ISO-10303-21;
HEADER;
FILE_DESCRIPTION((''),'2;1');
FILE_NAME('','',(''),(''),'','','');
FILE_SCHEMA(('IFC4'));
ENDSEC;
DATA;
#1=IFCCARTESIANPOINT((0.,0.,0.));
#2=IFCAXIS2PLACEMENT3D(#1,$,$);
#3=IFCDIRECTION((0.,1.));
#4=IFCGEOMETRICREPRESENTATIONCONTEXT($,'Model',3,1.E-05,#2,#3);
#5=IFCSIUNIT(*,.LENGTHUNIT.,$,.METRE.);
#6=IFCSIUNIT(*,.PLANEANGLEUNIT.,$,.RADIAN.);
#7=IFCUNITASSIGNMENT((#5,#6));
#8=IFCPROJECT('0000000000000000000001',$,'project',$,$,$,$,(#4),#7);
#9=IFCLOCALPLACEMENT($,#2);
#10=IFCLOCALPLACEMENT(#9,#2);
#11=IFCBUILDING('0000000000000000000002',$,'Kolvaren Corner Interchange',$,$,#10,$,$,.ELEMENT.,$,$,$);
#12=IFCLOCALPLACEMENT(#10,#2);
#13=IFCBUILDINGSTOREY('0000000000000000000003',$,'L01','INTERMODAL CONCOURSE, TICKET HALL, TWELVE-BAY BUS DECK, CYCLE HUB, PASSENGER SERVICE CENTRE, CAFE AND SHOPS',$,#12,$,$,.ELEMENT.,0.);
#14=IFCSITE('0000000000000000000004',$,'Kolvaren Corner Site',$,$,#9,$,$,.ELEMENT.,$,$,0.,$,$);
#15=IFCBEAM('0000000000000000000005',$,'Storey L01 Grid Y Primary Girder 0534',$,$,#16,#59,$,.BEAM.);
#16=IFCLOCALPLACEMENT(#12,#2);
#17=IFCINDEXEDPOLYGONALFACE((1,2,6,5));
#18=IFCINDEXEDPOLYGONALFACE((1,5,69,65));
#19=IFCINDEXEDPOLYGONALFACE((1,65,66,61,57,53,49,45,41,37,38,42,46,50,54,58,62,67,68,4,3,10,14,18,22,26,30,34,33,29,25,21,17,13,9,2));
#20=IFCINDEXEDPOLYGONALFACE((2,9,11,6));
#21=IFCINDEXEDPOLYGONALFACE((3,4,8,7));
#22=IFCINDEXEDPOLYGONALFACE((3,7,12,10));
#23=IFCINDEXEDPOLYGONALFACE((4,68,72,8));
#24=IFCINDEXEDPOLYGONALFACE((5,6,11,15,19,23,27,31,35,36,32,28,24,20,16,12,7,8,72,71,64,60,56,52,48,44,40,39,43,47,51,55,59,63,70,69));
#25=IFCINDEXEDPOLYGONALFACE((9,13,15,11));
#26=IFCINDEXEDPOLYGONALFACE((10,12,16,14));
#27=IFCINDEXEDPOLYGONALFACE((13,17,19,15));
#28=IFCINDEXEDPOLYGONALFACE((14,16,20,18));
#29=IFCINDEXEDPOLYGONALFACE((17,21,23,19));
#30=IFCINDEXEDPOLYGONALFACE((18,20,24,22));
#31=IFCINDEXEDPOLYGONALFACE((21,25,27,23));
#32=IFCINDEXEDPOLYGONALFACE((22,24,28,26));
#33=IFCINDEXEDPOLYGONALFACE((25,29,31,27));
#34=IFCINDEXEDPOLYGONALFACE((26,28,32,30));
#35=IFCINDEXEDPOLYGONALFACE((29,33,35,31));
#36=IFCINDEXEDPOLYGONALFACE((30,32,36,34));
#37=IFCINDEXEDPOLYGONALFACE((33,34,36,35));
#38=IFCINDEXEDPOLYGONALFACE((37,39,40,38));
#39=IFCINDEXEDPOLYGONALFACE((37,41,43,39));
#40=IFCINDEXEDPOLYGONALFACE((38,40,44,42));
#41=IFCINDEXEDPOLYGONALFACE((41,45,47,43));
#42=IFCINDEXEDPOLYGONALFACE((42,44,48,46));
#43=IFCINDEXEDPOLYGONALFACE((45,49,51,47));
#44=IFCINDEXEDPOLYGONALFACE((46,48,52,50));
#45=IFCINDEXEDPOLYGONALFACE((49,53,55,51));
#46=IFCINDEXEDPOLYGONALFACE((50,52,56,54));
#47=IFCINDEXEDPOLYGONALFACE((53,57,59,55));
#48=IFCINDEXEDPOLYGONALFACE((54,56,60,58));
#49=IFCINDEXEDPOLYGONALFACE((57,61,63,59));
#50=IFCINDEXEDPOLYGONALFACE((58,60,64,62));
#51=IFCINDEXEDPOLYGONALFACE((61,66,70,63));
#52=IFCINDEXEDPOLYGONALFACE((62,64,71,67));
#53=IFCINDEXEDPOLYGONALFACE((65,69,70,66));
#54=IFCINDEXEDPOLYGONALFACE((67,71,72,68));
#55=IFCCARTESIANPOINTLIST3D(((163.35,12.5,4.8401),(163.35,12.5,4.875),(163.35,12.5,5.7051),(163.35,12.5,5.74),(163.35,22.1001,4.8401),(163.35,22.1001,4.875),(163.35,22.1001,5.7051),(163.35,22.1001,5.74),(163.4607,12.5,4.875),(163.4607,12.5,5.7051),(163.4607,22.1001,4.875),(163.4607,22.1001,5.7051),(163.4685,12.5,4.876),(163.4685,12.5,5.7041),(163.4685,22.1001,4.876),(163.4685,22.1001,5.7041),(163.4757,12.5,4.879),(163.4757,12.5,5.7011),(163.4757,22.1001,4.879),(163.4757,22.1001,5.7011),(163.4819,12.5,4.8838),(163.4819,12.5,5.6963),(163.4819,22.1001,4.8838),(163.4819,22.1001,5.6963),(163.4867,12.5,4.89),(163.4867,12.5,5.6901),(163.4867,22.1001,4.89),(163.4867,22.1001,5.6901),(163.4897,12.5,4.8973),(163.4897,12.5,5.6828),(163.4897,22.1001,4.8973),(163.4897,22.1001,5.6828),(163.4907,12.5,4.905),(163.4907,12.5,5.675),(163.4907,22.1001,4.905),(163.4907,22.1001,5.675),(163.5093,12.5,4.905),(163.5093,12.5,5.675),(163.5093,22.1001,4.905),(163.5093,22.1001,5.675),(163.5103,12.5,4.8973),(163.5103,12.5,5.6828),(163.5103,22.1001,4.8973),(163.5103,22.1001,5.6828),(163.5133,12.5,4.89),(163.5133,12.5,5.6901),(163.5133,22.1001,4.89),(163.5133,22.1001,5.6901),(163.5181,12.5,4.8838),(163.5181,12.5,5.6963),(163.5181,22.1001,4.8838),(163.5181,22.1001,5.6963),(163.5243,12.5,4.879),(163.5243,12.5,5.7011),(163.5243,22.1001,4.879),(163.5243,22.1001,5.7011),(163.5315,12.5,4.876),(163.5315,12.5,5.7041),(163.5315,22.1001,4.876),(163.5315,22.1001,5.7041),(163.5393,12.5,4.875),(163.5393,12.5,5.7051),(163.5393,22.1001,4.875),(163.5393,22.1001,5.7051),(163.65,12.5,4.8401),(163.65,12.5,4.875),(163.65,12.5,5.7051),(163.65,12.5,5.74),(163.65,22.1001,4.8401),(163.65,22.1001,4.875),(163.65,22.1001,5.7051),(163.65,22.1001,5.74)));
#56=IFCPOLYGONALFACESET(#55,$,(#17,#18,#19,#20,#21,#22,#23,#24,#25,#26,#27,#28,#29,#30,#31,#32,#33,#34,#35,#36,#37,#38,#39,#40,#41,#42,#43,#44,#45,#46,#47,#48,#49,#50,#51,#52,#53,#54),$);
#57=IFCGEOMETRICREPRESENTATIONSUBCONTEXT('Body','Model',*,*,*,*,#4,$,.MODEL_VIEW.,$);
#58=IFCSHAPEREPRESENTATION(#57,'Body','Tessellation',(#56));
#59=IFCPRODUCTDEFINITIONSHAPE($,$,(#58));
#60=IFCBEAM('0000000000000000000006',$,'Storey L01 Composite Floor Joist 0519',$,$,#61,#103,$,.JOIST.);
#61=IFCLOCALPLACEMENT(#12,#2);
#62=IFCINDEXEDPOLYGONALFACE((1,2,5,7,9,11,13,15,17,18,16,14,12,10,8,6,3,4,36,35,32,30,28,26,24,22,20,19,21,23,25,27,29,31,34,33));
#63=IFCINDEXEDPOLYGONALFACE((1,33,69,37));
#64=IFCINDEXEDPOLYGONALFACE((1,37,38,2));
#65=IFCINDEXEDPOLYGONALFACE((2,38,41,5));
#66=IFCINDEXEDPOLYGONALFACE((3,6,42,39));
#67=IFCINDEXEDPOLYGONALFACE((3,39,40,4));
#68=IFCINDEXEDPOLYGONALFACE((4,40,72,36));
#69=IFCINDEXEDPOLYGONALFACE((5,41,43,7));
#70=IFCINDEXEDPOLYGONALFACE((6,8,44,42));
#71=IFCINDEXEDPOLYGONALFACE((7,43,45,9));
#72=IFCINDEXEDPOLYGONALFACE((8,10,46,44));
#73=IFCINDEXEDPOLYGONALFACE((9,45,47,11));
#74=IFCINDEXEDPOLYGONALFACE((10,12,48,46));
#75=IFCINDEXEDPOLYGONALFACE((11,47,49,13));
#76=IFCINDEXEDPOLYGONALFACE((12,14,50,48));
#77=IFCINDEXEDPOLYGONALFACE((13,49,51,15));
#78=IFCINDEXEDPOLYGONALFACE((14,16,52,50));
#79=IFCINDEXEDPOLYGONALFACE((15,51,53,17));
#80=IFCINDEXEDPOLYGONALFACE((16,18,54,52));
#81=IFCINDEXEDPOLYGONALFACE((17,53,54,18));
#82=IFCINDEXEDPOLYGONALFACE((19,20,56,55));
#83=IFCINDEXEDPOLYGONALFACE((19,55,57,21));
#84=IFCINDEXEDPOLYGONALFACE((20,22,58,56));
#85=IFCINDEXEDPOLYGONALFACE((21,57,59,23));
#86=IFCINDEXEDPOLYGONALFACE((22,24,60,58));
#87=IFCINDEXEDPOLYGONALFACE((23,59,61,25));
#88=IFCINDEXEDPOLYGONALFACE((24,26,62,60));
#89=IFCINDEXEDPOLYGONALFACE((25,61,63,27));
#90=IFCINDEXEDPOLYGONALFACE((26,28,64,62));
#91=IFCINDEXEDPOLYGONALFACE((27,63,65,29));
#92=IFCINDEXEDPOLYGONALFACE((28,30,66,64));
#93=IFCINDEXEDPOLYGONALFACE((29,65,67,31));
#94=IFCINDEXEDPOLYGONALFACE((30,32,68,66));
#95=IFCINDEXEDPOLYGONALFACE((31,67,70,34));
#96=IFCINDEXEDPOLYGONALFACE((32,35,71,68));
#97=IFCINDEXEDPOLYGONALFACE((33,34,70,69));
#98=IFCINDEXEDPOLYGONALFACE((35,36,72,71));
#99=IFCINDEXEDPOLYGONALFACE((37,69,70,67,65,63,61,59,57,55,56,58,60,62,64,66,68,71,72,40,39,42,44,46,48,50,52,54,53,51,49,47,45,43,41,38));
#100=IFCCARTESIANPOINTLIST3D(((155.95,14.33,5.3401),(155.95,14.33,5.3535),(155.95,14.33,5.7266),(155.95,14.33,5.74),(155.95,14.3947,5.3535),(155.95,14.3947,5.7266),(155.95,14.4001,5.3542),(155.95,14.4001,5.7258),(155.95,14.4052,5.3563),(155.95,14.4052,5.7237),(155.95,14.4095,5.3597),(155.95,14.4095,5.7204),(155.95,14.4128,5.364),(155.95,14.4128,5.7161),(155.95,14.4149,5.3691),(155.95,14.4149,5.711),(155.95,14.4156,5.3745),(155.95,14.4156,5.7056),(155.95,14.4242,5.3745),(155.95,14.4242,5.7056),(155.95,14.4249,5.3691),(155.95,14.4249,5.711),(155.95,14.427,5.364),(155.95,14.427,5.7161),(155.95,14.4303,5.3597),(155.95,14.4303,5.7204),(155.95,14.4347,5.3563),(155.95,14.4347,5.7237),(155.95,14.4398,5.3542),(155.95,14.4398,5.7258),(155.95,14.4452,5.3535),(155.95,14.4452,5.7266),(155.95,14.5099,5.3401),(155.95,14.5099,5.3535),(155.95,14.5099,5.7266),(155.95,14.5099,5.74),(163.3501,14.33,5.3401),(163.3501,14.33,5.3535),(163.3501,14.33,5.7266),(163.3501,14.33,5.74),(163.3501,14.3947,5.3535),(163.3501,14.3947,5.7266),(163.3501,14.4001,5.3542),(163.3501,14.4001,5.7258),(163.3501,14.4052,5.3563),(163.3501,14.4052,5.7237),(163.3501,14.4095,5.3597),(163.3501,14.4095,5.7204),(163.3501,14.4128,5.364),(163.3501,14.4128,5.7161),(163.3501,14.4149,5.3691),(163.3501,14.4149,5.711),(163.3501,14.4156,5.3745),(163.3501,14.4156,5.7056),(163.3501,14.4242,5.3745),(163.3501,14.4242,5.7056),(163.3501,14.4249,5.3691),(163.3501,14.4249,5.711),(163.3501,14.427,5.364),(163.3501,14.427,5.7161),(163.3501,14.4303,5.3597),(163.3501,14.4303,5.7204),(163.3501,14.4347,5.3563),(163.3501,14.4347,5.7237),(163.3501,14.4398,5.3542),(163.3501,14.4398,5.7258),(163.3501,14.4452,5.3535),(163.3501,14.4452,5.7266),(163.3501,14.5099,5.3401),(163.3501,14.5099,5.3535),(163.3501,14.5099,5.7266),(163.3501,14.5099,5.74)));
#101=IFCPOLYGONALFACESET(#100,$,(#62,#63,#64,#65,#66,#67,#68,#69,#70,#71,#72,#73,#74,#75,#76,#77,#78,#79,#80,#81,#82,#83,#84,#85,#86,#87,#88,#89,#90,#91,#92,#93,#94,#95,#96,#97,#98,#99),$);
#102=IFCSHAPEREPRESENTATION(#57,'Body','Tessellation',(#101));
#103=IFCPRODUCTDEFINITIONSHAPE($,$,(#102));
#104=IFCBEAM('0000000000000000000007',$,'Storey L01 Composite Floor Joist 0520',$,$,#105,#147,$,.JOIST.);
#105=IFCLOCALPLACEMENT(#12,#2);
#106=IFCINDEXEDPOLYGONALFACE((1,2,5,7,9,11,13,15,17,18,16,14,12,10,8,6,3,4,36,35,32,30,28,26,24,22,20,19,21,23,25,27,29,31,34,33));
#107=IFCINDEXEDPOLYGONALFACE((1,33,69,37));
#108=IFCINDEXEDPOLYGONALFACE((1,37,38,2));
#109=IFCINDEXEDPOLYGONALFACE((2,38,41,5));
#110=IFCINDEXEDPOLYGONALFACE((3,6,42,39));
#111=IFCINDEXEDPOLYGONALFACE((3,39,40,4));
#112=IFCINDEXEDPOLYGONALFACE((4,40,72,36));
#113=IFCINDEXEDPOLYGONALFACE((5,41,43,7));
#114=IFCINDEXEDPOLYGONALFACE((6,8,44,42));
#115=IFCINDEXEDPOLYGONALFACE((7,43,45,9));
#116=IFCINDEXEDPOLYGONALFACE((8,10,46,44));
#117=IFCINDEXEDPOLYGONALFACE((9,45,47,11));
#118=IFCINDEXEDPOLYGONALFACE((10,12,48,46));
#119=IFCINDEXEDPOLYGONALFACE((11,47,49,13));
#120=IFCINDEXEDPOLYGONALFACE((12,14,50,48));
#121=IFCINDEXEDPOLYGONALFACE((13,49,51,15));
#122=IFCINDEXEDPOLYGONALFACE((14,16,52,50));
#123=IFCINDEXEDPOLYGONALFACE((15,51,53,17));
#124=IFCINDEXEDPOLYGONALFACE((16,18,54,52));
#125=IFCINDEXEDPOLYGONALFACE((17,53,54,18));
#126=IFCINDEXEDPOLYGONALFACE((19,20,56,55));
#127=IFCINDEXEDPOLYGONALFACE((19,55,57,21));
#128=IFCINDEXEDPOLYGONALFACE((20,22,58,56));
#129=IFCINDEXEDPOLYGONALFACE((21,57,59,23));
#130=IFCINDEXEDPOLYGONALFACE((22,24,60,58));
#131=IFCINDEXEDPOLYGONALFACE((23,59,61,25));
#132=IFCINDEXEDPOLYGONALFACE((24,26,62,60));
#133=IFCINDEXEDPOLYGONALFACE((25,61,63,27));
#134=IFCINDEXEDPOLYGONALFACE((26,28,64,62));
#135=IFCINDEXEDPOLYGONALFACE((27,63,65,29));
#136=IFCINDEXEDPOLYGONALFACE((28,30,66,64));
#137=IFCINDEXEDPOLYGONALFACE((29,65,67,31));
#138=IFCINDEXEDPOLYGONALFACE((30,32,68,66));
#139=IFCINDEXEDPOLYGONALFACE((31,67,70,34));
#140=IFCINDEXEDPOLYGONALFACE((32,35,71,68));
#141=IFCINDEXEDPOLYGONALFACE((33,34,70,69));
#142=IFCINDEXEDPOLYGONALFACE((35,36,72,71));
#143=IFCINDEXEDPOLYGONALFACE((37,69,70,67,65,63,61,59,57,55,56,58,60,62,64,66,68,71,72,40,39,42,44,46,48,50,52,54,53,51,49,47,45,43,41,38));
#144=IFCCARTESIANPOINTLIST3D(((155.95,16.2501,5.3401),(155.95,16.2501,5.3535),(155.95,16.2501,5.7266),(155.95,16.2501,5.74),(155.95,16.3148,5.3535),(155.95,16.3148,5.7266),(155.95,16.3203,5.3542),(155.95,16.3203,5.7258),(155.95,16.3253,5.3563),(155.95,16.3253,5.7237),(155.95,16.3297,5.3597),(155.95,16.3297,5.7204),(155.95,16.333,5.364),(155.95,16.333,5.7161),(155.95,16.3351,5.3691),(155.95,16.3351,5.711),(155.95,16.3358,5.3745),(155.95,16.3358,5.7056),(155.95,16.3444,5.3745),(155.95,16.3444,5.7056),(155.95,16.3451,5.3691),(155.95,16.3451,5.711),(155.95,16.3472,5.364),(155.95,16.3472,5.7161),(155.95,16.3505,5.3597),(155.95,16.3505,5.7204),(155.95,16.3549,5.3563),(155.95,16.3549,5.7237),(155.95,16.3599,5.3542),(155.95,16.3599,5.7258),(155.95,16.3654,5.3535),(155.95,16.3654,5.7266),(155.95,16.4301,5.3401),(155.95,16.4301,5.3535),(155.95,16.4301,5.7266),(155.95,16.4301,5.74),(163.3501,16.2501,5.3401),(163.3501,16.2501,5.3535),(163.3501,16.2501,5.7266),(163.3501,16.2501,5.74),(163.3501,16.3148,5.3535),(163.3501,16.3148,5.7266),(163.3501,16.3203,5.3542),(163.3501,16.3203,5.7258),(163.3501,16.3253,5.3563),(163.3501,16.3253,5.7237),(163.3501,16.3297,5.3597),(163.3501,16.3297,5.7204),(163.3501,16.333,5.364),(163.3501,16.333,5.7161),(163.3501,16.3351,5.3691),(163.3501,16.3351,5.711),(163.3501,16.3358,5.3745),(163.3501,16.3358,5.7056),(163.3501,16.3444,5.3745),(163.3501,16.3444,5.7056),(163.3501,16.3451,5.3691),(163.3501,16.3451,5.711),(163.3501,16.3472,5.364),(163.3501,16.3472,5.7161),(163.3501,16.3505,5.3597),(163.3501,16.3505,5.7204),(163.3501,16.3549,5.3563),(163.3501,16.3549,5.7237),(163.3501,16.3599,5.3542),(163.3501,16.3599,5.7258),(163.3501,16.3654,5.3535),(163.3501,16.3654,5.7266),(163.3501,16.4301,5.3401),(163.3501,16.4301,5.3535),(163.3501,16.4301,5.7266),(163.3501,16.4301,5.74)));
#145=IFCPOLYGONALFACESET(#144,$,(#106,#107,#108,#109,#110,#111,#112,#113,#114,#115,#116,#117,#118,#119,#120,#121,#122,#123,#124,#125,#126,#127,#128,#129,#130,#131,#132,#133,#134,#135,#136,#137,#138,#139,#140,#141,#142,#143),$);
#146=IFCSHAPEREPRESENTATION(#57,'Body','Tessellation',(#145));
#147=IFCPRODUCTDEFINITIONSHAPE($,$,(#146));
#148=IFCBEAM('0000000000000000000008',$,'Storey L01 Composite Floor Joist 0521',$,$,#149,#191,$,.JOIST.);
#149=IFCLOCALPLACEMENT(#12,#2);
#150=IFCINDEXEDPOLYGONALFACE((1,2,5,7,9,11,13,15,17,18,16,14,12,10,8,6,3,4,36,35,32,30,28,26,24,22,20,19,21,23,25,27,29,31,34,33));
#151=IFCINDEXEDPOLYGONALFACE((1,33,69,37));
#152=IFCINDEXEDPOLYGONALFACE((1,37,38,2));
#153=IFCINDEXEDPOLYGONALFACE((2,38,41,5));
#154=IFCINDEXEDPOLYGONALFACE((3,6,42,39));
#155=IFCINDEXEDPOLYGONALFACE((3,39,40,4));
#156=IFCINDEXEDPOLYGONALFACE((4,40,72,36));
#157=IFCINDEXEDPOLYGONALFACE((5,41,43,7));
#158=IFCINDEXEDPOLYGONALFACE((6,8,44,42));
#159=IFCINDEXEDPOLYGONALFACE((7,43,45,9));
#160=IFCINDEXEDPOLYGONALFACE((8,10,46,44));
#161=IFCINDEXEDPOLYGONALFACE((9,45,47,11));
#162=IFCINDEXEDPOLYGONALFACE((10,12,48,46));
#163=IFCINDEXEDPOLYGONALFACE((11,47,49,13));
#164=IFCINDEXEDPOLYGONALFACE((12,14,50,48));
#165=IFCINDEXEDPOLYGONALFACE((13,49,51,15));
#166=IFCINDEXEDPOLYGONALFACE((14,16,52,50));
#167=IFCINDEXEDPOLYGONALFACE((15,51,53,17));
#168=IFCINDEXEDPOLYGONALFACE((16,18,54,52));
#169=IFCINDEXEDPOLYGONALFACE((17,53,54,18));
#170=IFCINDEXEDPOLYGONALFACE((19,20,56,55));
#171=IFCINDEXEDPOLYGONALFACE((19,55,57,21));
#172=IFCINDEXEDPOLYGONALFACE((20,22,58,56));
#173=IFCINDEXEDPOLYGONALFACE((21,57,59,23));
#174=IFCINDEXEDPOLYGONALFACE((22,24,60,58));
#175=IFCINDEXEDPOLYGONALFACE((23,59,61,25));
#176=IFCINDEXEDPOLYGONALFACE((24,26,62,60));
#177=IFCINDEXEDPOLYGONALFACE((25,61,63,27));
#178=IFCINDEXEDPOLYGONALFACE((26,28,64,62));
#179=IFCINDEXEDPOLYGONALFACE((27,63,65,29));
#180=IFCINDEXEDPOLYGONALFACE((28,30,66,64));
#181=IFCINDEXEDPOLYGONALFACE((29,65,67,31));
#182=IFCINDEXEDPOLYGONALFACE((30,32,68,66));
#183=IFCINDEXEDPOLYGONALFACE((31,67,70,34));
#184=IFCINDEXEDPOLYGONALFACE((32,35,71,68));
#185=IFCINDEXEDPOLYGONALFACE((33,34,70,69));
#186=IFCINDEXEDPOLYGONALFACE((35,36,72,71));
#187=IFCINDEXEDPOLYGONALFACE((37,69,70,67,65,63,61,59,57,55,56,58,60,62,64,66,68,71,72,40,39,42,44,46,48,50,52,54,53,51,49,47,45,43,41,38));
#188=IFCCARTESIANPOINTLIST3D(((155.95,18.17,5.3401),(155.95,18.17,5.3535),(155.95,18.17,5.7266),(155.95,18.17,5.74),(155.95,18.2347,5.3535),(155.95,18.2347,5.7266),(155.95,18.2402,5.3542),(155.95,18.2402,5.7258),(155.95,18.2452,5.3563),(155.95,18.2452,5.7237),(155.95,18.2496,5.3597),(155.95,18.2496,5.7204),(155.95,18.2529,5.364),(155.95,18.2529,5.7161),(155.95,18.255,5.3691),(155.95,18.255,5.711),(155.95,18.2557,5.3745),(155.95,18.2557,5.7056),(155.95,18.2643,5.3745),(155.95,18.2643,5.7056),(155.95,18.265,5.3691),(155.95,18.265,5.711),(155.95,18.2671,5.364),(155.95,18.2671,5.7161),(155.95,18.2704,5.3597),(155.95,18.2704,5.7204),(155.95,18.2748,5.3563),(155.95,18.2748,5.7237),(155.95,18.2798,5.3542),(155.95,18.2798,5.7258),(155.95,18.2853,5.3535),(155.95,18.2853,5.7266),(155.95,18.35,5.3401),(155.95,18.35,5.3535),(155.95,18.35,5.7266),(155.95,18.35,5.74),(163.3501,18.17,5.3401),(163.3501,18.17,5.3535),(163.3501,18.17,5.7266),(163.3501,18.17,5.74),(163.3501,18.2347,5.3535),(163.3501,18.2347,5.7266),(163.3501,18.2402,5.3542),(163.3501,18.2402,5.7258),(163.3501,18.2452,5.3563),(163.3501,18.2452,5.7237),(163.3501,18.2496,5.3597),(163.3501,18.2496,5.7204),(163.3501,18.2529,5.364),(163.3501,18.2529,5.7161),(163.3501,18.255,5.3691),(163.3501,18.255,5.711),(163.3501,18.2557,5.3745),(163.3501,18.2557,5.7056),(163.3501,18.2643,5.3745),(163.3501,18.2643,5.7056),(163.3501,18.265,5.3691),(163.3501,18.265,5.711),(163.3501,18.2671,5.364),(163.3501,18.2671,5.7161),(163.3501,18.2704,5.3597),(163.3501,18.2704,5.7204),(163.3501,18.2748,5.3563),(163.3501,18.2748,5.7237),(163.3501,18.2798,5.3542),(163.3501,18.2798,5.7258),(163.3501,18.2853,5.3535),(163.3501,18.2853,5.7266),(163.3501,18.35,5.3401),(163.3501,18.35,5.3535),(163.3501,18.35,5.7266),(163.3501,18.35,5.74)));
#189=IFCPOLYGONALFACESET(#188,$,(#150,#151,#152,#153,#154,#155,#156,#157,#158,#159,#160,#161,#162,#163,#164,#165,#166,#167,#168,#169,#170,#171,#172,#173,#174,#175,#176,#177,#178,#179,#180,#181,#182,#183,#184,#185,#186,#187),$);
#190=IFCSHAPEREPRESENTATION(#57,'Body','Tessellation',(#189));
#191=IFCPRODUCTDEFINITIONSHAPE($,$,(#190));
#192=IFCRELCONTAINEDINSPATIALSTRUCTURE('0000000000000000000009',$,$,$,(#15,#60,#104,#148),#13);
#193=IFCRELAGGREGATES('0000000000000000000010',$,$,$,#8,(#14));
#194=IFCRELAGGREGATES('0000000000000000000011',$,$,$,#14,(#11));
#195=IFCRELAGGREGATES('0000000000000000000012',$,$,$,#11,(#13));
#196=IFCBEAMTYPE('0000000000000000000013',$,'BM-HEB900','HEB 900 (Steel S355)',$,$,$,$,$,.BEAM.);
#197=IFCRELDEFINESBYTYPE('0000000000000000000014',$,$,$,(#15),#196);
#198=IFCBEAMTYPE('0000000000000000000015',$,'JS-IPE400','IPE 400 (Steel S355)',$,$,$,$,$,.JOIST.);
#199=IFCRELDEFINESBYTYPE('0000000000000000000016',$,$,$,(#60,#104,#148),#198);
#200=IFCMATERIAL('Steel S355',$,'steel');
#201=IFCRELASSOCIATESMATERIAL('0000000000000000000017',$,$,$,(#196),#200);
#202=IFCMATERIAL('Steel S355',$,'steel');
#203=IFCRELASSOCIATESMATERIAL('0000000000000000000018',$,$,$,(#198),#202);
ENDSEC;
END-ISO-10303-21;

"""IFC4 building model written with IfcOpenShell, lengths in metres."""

from ifc_helpers import new_model, si_unit, direction, frame, origin, origin_2d, place, context, subcontext, project, spatial, i_section, extrude, material, material_profile, profile_set, type_object, element, save


model = new_model("IFC4")

# Units and contexts
model_context = context("Model", 3, precision=1e-05, world=origin(), true_north=direction((0.0, 1.0)))
body_context = subcontext(model_context, "Body", "Model", "MODEL_VIEW")
ifc_project = project(units=[si_unit("LENGTHUNIT", "METRE"), si_unit("PLANEANGLEUNIT", "RADIAN")], contexts=[model_context])

# Site, building, storey
site_placement = place(None, origin())
site = spatial("IfcSite", under=ifc_project, at=site_placement, Name="Kolvaren Corner Site", CompositionType="ELEMENT", RefElevation=0.0)
building_placement = place(site_placement, origin())
building = spatial("IfcBuilding", under=site, at=building_placement, Name="Kolvaren Corner Interchange", CompositionType="ELEMENT")
storey_placement = place(building_placement, origin())
storey = spatial("IfcBuildingStorey", under=building, at=storey_placement, Name="L01", Description="INTERMODAL CONCOURSE, TICKET HALL, TWELVE-BAY BUS DECK, CYCLE HUB, PASSENGER SERVICE CENTRE, CAFE AND SHOPS", CompositionType="ELEMENT", Elevation=0.0)

# Beams
ifc_material_1 = material(Name="Steel S355", Category="steel")
ifc_material_profile_1 = material_profile(ifc_material_1, i_section(OverallWidth=0.3, OverallDepth=0.8999, WebThickness=0.0186, FlangeThickness=0.0349, FilletRadius=0.03, at=origin_2d()), Name="HEB 900")
ifc_profile_set_1 = profile_set([ifc_material_profile_1], Name="Steel S355")
beam_type_1 = type_object("IfcBeamType", Name="BM-HEB900", Description="HEB 900 (Steel S355)", PredefinedType="BEAM", material=ifc_profile_set_1)
beam_1_placement = place(storey_placement, frame((163.5, 12.5, 5.29), z_axis=(0.0, 1.0, 0.0), x_axis=(-1.0, 0.0, 0.0)))
element("IfcBeam", 1, at=beam_1_placement, inside=storey, type_object=beam_type_1, Name="Storey L01 Grid Y Primary Girder 0534", PredefinedType="BEAM", context=body_context, shape_type="SweptSolid", body=[
    extrude(i_section(OverallWidth=0.3, OverallDepth=0.8999, WebThickness=0.0186, FlangeThickness=0.0349, FilletRadius=0.03, at=origin_2d()), origin(), (0.0, 0.0, 1.0), 9.6001),
])
ifc_material_2 = material(Name="Steel S355", Category="steel")
ifc_material_profile_2 = material_profile(ifc_material_2, i_section(OverallWidth=0.1799, OverallDepth=0.3999, WebThickness=0.0085, FlangeThickness=0.0134, FilletRadius=0.021, at=origin_2d()), Name="IPE 400")
ifc_profile_set_2 = profile_set([ifc_material_profile_2], Name="Steel S355")
beam_type_2 = type_object("IfcBeamType", Name="JS-IPE400", Description="IPE 400 (Steel S355)", PredefinedType="JOIST", material=ifc_profile_set_2)
for number, where, z_axis, x_axis, name in (
    (2, (155.95, 14.4199, 5.54), (1.0, 0.0, 0.0), (0.0, 1.0, 0.0), "Storey L01 Composite Floor Joist 0519"),
    (3, (155.95, 16.3401, 5.54), (1.0, 0.0, 0.0), (0.0, 1.0, 0.0), "Storey L01 Composite Floor Joist 0520"),
    (4, (155.95, 18.26, 5.54), (1.0, 0.0, 0.0), (0.0, 1.0, 0.0), "Storey L01 Composite Floor Joist 0521"),
):
    element("IfcBeam", number, at=place(storey_placement, frame(where, z_axis=z_axis, x_axis=x_axis)), inside=storey, type_object=beam_type_2, Name=name, PredefinedType="JOIST", context=body_context, shape_type="SweptSolid", body=[
        extrude(i_section(OverallWidth=0.1799, OverallDepth=0.3999, WebThickness=0.0085, FlangeThickness=0.0134, FilletRadius=0.021, at=origin_2d()), origin(), (0.0, 0.0, 1.0), 7.4001),
    ])

save(model, "model.ifc")
